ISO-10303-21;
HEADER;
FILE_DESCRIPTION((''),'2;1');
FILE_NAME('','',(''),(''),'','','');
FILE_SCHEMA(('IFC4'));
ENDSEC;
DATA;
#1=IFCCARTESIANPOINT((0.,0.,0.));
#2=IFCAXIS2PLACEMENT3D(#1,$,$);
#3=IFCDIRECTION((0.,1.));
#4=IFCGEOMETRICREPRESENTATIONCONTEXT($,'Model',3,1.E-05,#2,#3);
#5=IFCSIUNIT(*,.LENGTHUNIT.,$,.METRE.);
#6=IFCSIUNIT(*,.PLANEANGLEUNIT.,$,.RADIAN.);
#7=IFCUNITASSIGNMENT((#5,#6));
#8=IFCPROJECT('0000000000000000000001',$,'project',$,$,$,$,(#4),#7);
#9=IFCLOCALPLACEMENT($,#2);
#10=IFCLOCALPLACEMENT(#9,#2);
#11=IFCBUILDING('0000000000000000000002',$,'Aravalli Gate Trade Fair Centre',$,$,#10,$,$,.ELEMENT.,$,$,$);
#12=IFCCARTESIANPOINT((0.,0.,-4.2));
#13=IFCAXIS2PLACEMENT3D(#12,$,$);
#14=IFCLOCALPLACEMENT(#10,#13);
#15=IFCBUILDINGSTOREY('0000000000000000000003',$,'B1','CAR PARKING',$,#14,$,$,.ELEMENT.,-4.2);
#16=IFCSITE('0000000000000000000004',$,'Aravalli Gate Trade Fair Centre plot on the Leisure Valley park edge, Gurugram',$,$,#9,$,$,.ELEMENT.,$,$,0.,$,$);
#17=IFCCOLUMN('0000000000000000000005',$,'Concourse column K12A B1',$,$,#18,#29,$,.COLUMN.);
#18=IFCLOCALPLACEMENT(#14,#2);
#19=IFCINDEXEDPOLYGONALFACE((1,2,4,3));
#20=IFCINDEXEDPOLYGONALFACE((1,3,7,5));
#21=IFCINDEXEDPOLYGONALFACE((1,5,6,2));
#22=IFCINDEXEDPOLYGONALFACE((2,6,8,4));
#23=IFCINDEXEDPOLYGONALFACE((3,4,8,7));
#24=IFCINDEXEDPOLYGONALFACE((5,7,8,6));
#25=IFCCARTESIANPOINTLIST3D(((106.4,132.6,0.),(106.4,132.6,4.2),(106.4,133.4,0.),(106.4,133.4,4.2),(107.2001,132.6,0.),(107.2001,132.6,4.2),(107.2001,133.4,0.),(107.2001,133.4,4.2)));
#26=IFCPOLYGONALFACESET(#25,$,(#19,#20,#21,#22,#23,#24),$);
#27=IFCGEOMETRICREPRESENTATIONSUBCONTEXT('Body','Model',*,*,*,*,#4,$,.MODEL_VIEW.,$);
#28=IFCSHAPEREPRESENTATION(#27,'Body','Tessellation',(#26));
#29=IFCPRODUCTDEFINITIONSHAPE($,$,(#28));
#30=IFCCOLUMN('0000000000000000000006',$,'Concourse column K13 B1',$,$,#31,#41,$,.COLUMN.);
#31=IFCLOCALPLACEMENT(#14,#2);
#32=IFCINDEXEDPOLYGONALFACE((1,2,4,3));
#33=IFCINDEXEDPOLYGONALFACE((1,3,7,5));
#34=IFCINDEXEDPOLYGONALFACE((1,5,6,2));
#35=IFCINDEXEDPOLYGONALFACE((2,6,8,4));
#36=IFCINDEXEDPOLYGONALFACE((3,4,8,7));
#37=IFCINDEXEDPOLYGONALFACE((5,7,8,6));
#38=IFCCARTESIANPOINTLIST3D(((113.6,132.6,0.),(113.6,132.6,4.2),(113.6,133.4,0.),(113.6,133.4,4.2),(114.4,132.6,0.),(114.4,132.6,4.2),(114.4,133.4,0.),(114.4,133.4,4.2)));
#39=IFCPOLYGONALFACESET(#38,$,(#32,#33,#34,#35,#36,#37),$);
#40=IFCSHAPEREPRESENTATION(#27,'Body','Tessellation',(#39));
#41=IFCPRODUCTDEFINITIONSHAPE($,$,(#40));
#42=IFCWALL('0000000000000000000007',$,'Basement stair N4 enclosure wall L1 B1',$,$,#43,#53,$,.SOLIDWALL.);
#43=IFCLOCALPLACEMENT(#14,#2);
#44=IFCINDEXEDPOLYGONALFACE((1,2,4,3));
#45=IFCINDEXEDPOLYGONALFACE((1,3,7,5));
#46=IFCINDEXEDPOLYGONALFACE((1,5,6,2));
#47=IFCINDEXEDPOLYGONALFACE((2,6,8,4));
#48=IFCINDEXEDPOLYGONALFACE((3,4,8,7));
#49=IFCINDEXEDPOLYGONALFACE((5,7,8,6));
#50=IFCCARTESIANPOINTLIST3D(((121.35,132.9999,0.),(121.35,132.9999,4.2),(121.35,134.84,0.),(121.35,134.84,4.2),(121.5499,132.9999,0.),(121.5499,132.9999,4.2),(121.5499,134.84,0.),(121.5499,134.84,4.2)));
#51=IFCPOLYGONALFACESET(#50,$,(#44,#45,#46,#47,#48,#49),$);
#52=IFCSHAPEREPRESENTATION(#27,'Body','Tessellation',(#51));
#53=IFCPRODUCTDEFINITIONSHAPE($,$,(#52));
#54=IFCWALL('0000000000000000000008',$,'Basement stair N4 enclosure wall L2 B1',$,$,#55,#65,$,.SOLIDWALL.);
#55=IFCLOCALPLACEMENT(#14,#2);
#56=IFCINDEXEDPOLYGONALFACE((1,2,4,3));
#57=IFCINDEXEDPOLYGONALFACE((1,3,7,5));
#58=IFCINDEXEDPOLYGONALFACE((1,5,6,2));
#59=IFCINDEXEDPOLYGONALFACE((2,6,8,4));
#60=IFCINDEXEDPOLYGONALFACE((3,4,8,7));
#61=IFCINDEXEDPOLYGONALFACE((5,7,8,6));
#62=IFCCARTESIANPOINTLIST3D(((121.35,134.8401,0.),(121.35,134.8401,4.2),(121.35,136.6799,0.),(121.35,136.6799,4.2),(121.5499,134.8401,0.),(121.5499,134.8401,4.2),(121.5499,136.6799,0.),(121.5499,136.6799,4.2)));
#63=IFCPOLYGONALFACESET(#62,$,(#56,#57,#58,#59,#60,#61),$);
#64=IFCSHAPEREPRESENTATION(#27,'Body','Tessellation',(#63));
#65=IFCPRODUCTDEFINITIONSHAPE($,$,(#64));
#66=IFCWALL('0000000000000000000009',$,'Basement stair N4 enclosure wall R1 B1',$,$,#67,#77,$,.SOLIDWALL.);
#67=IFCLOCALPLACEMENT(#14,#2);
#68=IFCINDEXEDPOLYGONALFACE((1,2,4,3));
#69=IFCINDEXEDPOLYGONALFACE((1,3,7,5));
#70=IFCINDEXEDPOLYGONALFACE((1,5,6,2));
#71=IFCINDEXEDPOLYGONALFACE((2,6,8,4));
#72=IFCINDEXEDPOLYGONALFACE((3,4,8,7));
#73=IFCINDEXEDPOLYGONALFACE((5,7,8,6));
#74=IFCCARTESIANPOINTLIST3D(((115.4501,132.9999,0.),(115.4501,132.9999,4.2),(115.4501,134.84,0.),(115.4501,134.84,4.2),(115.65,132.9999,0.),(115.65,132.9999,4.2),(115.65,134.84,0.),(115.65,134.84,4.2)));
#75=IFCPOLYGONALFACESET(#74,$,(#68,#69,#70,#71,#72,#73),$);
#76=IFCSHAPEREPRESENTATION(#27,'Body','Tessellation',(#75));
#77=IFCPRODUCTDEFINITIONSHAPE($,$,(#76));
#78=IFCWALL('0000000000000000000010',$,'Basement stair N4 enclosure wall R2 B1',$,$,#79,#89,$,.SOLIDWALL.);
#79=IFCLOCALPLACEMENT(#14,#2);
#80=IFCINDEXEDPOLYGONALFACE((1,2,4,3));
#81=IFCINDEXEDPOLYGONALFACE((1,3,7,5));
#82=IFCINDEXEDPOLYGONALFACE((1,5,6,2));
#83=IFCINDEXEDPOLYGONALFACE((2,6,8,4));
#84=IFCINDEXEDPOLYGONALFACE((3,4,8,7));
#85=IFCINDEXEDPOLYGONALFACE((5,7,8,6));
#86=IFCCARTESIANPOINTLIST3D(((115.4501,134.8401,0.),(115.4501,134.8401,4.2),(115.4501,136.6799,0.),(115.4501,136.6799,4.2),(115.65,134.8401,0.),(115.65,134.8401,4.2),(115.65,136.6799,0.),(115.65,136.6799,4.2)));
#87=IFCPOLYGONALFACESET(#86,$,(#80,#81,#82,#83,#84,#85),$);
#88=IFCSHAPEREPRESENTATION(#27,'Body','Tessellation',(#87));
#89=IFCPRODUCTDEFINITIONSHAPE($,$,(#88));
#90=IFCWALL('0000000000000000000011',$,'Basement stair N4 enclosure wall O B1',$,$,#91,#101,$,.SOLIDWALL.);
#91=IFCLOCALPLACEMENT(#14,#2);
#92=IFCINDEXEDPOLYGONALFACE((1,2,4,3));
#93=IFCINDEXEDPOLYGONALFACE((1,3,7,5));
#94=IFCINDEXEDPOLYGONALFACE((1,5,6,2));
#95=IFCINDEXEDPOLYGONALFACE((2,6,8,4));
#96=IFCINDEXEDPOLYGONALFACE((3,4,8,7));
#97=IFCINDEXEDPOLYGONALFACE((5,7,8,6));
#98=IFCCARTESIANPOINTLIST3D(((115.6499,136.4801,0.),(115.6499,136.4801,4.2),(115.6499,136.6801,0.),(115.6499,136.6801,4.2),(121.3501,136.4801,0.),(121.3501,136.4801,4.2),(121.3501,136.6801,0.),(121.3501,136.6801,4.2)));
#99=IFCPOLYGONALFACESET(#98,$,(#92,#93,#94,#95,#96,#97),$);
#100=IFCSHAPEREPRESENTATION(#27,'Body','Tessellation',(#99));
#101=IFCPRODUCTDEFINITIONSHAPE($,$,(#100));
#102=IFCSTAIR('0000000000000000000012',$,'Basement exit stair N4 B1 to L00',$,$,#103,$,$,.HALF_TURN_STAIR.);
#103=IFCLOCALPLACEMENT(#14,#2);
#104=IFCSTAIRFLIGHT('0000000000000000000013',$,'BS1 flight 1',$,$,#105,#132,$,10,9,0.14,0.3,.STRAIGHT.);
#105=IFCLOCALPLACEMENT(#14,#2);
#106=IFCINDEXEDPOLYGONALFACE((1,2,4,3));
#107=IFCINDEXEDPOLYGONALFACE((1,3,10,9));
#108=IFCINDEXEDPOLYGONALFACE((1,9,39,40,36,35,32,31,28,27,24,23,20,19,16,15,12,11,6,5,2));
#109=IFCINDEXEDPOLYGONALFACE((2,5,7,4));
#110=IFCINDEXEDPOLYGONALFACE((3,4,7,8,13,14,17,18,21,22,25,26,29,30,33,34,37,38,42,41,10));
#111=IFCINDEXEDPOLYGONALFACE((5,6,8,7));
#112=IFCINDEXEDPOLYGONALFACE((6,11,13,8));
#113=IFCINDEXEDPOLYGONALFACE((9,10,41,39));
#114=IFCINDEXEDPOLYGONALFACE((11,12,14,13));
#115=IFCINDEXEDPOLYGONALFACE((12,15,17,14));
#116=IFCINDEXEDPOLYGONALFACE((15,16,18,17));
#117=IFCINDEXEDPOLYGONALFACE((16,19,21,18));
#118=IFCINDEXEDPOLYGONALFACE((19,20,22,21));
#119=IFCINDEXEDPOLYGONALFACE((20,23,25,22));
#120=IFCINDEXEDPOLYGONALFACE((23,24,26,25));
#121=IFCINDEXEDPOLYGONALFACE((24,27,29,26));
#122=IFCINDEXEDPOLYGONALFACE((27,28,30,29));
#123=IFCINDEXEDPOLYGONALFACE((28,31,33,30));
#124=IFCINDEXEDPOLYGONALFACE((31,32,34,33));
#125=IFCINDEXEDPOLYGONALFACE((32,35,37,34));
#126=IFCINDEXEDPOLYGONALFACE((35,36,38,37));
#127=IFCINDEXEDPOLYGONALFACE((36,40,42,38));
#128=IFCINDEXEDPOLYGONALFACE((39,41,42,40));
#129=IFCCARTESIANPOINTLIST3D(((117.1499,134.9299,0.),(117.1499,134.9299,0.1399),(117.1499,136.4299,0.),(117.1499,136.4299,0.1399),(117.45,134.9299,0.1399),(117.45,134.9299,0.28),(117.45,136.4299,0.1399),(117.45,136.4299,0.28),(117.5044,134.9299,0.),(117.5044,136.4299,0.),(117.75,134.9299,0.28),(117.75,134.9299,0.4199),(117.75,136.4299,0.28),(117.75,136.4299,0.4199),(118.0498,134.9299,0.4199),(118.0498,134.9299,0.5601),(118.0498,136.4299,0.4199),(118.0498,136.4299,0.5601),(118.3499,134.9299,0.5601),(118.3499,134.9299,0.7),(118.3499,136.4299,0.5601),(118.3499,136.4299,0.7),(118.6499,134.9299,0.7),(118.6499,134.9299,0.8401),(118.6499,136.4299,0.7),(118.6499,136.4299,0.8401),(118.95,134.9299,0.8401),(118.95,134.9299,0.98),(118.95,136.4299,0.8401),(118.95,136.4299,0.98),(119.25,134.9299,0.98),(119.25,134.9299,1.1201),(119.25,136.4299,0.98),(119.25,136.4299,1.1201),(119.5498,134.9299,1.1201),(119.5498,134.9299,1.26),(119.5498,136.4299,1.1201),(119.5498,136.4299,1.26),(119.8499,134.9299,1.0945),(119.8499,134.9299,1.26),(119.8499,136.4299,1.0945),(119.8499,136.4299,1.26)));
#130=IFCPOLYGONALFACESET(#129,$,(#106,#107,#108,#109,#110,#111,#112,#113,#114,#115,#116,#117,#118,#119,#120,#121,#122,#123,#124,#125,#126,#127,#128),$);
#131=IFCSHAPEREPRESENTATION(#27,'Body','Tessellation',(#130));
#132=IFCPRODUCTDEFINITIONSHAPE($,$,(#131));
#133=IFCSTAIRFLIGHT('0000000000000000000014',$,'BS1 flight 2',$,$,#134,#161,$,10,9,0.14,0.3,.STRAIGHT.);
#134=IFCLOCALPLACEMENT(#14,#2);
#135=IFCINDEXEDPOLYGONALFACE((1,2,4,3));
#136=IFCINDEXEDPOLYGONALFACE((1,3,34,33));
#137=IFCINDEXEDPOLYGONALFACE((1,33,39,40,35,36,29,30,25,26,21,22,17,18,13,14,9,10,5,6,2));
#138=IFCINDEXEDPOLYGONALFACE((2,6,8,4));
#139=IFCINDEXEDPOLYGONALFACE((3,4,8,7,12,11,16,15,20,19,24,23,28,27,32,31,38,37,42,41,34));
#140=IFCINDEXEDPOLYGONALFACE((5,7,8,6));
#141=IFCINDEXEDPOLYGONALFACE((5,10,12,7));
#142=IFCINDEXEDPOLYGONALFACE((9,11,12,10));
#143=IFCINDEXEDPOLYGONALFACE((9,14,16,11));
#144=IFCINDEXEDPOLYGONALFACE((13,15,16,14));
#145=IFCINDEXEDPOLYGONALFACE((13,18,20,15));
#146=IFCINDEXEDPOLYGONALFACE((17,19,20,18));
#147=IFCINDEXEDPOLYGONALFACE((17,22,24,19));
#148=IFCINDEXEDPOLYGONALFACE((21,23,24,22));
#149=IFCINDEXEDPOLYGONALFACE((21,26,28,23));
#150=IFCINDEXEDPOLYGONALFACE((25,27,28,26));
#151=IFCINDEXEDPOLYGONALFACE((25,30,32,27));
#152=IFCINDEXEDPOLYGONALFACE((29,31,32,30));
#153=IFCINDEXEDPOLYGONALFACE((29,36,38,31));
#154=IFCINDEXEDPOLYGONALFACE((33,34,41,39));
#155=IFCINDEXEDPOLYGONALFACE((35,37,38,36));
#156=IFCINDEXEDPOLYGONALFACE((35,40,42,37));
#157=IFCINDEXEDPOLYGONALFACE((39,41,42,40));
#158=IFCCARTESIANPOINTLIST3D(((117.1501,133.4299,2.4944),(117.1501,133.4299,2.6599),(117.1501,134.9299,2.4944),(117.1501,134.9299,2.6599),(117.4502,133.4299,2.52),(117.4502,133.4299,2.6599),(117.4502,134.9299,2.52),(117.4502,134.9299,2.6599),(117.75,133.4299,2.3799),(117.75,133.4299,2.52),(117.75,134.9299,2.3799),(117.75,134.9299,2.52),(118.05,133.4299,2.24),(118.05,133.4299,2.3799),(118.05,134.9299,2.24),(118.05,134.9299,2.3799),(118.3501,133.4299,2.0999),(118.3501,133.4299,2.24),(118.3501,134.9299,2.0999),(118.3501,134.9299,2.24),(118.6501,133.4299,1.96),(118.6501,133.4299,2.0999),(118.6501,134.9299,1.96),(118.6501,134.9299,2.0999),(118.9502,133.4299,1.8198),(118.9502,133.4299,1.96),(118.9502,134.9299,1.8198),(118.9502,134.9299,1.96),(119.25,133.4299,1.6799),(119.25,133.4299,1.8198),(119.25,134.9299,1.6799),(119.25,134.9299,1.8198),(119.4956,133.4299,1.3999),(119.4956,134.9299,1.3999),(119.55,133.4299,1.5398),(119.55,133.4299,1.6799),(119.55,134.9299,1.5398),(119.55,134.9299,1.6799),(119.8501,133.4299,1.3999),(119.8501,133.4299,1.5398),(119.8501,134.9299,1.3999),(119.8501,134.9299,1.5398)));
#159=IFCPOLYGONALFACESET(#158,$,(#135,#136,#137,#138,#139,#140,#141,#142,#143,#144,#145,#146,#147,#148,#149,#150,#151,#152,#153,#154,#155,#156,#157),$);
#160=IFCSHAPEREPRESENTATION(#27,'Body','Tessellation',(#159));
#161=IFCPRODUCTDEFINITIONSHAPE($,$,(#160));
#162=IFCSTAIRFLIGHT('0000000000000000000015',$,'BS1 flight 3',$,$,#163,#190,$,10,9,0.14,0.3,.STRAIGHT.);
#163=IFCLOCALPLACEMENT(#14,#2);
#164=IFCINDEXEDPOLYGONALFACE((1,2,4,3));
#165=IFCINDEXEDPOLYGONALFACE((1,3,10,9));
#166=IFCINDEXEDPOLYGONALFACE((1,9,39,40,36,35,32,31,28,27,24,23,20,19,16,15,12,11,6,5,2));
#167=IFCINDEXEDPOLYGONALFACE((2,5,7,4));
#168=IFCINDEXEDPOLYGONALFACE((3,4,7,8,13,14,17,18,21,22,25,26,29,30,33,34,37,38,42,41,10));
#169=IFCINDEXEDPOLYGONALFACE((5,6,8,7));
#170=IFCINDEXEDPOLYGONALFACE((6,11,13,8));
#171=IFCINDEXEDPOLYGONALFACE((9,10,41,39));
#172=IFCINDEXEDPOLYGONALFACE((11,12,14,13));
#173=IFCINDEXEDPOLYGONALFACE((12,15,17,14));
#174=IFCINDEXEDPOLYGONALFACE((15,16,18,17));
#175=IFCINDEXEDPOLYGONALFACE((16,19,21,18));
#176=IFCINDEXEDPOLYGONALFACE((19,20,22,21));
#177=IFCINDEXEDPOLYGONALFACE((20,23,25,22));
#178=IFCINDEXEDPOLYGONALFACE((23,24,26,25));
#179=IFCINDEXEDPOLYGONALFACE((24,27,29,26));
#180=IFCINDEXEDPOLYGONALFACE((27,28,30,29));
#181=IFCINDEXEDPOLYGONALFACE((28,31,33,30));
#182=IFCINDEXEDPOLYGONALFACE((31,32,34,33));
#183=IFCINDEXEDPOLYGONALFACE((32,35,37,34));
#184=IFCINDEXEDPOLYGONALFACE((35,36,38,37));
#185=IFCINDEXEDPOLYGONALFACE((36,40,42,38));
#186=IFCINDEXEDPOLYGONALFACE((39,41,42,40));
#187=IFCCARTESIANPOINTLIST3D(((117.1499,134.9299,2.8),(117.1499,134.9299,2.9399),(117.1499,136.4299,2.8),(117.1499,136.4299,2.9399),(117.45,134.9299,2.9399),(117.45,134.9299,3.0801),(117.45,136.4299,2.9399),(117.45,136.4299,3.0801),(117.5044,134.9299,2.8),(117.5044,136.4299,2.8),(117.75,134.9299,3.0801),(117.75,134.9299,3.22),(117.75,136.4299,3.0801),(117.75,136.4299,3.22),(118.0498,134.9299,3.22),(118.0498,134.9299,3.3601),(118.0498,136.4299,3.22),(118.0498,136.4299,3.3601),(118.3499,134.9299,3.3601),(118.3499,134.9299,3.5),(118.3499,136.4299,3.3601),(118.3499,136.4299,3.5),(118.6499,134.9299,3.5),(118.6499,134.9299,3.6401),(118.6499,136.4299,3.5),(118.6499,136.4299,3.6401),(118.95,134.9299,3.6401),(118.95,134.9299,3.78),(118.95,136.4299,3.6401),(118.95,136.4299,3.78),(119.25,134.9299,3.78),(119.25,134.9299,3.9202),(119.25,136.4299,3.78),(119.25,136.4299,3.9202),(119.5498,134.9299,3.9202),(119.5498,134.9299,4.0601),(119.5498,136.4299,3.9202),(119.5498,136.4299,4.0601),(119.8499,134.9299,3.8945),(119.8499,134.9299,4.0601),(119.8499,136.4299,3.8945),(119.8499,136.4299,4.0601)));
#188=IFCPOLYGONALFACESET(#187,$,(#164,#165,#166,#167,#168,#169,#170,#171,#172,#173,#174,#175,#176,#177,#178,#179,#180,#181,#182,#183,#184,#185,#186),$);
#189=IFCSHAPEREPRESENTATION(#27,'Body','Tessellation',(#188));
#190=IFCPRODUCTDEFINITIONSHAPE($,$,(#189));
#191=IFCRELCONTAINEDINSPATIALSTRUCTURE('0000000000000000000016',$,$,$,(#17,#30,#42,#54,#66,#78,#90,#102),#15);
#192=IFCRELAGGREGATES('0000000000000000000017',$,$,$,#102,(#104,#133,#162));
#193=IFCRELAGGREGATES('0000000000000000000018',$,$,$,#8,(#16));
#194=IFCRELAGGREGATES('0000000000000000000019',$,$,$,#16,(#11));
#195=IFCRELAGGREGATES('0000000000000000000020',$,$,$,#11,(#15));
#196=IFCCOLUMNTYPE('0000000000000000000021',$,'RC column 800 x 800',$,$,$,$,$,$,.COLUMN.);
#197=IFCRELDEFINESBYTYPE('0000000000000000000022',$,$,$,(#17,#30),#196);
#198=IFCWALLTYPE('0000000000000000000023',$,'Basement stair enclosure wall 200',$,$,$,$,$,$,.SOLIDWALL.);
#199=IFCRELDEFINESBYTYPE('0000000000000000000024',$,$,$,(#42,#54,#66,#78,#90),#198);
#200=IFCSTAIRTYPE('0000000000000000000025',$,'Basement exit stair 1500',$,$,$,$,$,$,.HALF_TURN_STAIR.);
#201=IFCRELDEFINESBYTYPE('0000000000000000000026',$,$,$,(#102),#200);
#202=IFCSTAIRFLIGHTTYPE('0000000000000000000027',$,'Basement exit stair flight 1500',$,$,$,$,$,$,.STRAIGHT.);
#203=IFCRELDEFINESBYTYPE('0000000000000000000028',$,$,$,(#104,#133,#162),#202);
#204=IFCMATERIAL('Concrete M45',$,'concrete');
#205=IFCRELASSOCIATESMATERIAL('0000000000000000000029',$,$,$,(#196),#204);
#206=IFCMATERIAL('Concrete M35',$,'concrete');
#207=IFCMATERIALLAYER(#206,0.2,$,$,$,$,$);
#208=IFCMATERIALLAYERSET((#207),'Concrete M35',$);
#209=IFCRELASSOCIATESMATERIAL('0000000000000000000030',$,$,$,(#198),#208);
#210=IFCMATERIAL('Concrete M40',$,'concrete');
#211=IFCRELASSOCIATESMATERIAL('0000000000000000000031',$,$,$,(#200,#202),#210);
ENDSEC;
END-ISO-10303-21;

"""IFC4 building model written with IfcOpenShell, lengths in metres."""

from ifc_helpers import new_model, si_unit, direction, frame, frame_2d, origin, origin_2d, place, context, subcontext, project, spatial, polyline, rectangle, outline, extrude, material, layer, layer_set, material_profile, profile_set, type_object, element, aggregate, save


model = new_model("IFC4")

# Units and contexts
model_context = context("Model", 3, precision=1e-05, world=origin(), true_north=direction((0.0, 1.0)))
body_context = subcontext(model_context, "Body", "Model", "MODEL_VIEW")
ifc_project = project(units=[si_unit("LENGTHUNIT", "METRE"), si_unit("PLANEANGLEUNIT", "RADIAN")], contexts=[model_context])

# Site, building, storey
site_placement = place(None, origin())
site = spatial("IfcSite", under=ifc_project, at=site_placement, Name="Aravalli Gate Trade Fair Centre plot on the Leisure Valley park edge, Gurugram", CompositionType="ELEMENT", RefElevation=0.0)
building_placement = place(site_placement, origin())
building = spatial("IfcBuilding", under=site, at=building_placement, Name="Aravalli Gate Trade Fair Centre", CompositionType="ELEMENT")
storey_placement = place(building_placement, frame((0.0, 0.0, -4.2)))
storey = spatial("IfcBuildingStorey", under=building, at=storey_placement, Name="B1", Description="CAR PARKING", CompositionType="ELEMENT", Elevation=-4.2)

# Columns
ifc_material_1 = material(Name="Concrete M45", Category="concrete")
ifc_material_profile = material_profile(ifc_material_1, rectangle(XDim=0.8, YDim=0.8, at=origin_2d()), Name="RC column 800 x 800")
ifc_profile_set = profile_set([ifc_material_profile], Name="Concrete M45")
column_type = type_object("IfcColumnType", Name="RC column 800 x 800", PredefinedType="COLUMN", material=ifc_profile_set)
for number, where, z_axis, x_axis, name in (
    (1, (106.8, 133.0, 0.0), (0.0, 0.0, 1.0), (1.0, 0.0, 0.0), "Concourse column K12A B1"),
    (2, (114.0, 133.0, 0.0), (0.0, 0.0, 1.0), (1.0, 0.0, 0.0), "Concourse column K13 B1"),
):
    element("IfcColumn", number, at=place(storey_placement, frame(where, z_axis=z_axis, x_axis=x_axis)), inside=storey, type_object=column_type, Name=name, PredefinedType="COLUMN", context=body_context, shape_type="SweptSolid", body=[
        extrude(rectangle(XDim=0.8, YDim=0.8, at=origin_2d()), origin(), (0.0, 0.0, 1.0), 4.2),
    ])

# Walls
ifc_material_2 = material(Name="Concrete M35", Category="concrete")
ifc_layer = layer(ifc_material_2, 0.2)
ifc_layer_set = layer_set([ifc_layer], Name="Concrete M35")
wall_type = type_object("IfcWallType", Name="Basement stair enclosure wall 200", PredefinedType="SOLIDWALL", material=ifc_layer_set)
wall_1_placement = place(storey_placement, frame((121.45, 133.0, 0.0), z_axis=(0.0, 0.0, 1.0), x_axis=(0.0, 1.0, 0.0)))
element("IfcWall", 3, at=wall_1_placement, inside=storey, type_object=wall_type, Name="Basement stair N4 enclosure wall L1 B1", PredefinedType="SOLIDWALL", context=body_context, shape_type="SweptSolid", body=[
    extrude(rectangle(XDim=1.8401, YDim=0.2, at=frame_2d((0.9199, 0.0))), origin(), (0.0, 0.0, 1.0), 4.2),
])
wall_2_placement = place(storey_placement, frame((121.45, 134.8401, 0.0), z_axis=(0.0, 0.0, 1.0), x_axis=(0.0, 1.0, 0.0)))
element("IfcWall", 4, at=wall_2_placement, inside=storey, type_object=wall_type, Name="Basement stair N4 enclosure wall L2 B1", PredefinedType="SOLIDWALL", context=body_context, shape_type="SweptSolid", body=[
    extrude(rectangle(XDim=1.8398, YDim=0.2, at=frame_2d((0.9199, 0.0))), origin(), (0.0, 0.0, 1.0), 4.2),
])
wall_3_placement = place(storey_placement, frame((115.55, 133.0, 0.0), z_axis=(0.0, 0.0, 1.0), x_axis=(0.0, 1.0, 0.0)))
element("IfcWall", 5, at=wall_3_placement, inside=storey, type_object=wall_type, Name="Basement stair N4 enclosure wall R1 B1", PredefinedType="SOLIDWALL", context=body_context, shape_type="SweptSolid", body=[
    extrude(rectangle(XDim=1.8401, YDim=0.2, at=frame_2d((0.9199, 0.0))), origin(), (0.0, 0.0, 1.0), 4.2),
])
wall_4_placement = place(storey_placement, frame((115.55, 134.8401, 0.0), z_axis=(0.0, 0.0, 1.0), x_axis=(0.0, 1.0, 0.0)))
element("IfcWall", 6, at=wall_4_placement, inside=storey, type_object=wall_type, Name="Basement stair N4 enclosure wall R2 B1", PredefinedType="SOLIDWALL", context=body_context, shape_type="SweptSolid", body=[
    extrude(rectangle(XDim=1.8398, YDim=0.2, at=frame_2d((0.9199, 0.0))), origin(), (0.0, 0.0, 1.0), 4.2),
])
wall_5_placement = place(storey_placement, frame((121.3501, 136.5801, 0.0), z_axis=(0.0, 0.0, 1.0), x_axis=(-1.0, 0.0, 0.0)))
element("IfcWall", 7, at=wall_5_placement, inside=storey, type_object=wall_type, Name="Basement stair N4 enclosure wall O B1", PredefinedType="SOLIDWALL", context=body_context, shape_type="SweptSolid", body=[
    extrude(rectangle(XDim=5.7002, YDim=0.2, at=frame_2d((2.8501, 0.0))), origin(), (0.0, 0.0, 1.0), 4.2),
])

# Stair, stair flights
ifc_material_3 = material(Name="Concrete M40", Category="concrete")
stair_type = type_object("IfcStairType", Name="Basement exit stair 1500", PredefinedType="HALF_TURN_STAIR", material=ifc_material_3)
stair_placement = place(storey_placement, origin())
stair = element("IfcStair", 8, at=stair_placement, inside=storey, type_object=stair_type, Name="Basement exit stair N4 B1 to L00", PredefinedType="HALF_TURN_STAIR")
stair_flight_type = type_object("IfcStairFlightType", Name="Basement exit stair flight 1500", PredefinedType="STRAIGHT", material=ifc_material_3)
stair_flight_1_placement = place(storey_placement, frame((117.1499, 135.6799, 0.0), z_axis=(0.0, 0.0, 1.0), x_axis=(1.0, 0.0, 0.0)))
stair_flight_1 = element("IfcStairFlight", 9, at=stair_flight_1_placement, type_object=stair_flight_type, Name="BS1 flight 1", NumberOfRisers=10, NumberOfTreads=9, PredefinedType="STRAIGHT", RiserHeight=0.14, TreadLength=0.3, context=body_context, shape_type="SweptSolid", body=[
    extrude(outline(polyline([(0.0, 0.0), (0.0, 0.1399), (0.3, 0.1399), (0.3, 0.28), (0.6001, 0.28), (0.6001, 0.4199), (0.8999, 0.4199), (0.8999, 0.5601), (1.2, 0.5601), (1.2, 0.7), (1.5, 0.7), (1.5, 0.8401), (1.8, 0.8401), (1.8, 0.98), (2.1001, 0.98), (2.1001, 1.1201), (2.3999, 1.1201), (2.3999, 1.26), (2.7, 1.26), (2.7, 1.3999), (2.7, 1.0945), (0.3545, 0.0), (0.0, 0.0)])), frame((0.0, 0.75, 0.0), z_axis=(0.0, -1.0, 0.0), x_axis=(1.0, 0.0, 0.0)), (0.0, 0.0, 1.0), 1.5),
])
stair_flight_2_placement = place(storey_placement, frame((119.8501, 134.1799, 1.3999), z_axis=(0.0, 0.0, 1.0), x_axis=(-1.0, 0.0, 0.0)))
stair_flight_2 = element("IfcStairFlight", 10, at=stair_flight_2_placement, type_object=stair_flight_type, Name="BS1 flight 2", NumberOfRisers=10, NumberOfTreads=9, PredefinedType="STRAIGHT", RiserHeight=0.14, TreadLength=0.3, context=body_context, shape_type="SweptSolid", body=[
    extrude(outline(polyline([(0.0, 0.0), (0.0, 0.1399), (0.3, 0.1399), (0.3, 0.28), (0.6001, 0.28), (0.6001, 0.4199), (0.8999, 0.4199), (0.8999, 0.5601), (1.2, 0.5601), (1.2, 0.7), (1.5, 0.7), (1.5, 0.8401), (1.8, 0.8401), (1.8, 0.98), (2.1001, 0.98), (2.1001, 1.1201), (2.3999, 1.1201), (2.3999, 1.26), (2.7, 1.26), (2.7, 1.3999), (2.7, 1.0945), (0.3545, 0.0), (0.0, 0.0)])), frame((0.0, 0.75, 0.0), z_axis=(0.0, -1.0, 0.0), x_axis=(1.0, 0.0, 0.0)), (0.0, 0.0, 1.0), 1.5),
])
stair_flight_3_placement = place(storey_placement, frame((117.1499, 135.6799, 2.8), z_axis=(0.0, 0.0, 1.0), x_axis=(1.0, 0.0, 0.0)))
stair_flight_3 = element("IfcStairFlight", 11, at=stair_flight_3_placement, type_object=stair_flight_type, Name="BS1 flight 3", NumberOfRisers=10, NumberOfTreads=9, PredefinedType="STRAIGHT", RiserHeight=0.14, TreadLength=0.3, context=body_context, shape_type="SweptSolid", body=[
    extrude(outline(polyline([(0.0, 0.0), (0.0, 0.1399), (0.3, 0.1399), (0.3, 0.28), (0.6001, 0.28), (0.6001, 0.4199), (0.8999, 0.4199), (0.8999, 0.5601), (1.2, 0.5601), (1.2, 0.7), (1.5, 0.7), (1.5, 0.8401), (1.8, 0.8401), (1.8, 0.98), (2.1001, 0.98), (2.1001, 1.1201), (2.3999, 1.1201), (2.3999, 1.26), (2.7, 1.26), (2.7, 1.3999), (2.7, 1.0945), (0.3545, 0.0), (0.0, 0.0)])), frame((0.0, 0.75, 0.0), z_axis=(0.0, -1.0, 0.0), x_axis=(1.0, 0.0, 0.0)), (0.0, 0.0, 1.0), 1.5),
])
aggregate(stair, [stair_flight_1, stair_flight_2, stair_flight_3])

save(model, "model.ifc")
